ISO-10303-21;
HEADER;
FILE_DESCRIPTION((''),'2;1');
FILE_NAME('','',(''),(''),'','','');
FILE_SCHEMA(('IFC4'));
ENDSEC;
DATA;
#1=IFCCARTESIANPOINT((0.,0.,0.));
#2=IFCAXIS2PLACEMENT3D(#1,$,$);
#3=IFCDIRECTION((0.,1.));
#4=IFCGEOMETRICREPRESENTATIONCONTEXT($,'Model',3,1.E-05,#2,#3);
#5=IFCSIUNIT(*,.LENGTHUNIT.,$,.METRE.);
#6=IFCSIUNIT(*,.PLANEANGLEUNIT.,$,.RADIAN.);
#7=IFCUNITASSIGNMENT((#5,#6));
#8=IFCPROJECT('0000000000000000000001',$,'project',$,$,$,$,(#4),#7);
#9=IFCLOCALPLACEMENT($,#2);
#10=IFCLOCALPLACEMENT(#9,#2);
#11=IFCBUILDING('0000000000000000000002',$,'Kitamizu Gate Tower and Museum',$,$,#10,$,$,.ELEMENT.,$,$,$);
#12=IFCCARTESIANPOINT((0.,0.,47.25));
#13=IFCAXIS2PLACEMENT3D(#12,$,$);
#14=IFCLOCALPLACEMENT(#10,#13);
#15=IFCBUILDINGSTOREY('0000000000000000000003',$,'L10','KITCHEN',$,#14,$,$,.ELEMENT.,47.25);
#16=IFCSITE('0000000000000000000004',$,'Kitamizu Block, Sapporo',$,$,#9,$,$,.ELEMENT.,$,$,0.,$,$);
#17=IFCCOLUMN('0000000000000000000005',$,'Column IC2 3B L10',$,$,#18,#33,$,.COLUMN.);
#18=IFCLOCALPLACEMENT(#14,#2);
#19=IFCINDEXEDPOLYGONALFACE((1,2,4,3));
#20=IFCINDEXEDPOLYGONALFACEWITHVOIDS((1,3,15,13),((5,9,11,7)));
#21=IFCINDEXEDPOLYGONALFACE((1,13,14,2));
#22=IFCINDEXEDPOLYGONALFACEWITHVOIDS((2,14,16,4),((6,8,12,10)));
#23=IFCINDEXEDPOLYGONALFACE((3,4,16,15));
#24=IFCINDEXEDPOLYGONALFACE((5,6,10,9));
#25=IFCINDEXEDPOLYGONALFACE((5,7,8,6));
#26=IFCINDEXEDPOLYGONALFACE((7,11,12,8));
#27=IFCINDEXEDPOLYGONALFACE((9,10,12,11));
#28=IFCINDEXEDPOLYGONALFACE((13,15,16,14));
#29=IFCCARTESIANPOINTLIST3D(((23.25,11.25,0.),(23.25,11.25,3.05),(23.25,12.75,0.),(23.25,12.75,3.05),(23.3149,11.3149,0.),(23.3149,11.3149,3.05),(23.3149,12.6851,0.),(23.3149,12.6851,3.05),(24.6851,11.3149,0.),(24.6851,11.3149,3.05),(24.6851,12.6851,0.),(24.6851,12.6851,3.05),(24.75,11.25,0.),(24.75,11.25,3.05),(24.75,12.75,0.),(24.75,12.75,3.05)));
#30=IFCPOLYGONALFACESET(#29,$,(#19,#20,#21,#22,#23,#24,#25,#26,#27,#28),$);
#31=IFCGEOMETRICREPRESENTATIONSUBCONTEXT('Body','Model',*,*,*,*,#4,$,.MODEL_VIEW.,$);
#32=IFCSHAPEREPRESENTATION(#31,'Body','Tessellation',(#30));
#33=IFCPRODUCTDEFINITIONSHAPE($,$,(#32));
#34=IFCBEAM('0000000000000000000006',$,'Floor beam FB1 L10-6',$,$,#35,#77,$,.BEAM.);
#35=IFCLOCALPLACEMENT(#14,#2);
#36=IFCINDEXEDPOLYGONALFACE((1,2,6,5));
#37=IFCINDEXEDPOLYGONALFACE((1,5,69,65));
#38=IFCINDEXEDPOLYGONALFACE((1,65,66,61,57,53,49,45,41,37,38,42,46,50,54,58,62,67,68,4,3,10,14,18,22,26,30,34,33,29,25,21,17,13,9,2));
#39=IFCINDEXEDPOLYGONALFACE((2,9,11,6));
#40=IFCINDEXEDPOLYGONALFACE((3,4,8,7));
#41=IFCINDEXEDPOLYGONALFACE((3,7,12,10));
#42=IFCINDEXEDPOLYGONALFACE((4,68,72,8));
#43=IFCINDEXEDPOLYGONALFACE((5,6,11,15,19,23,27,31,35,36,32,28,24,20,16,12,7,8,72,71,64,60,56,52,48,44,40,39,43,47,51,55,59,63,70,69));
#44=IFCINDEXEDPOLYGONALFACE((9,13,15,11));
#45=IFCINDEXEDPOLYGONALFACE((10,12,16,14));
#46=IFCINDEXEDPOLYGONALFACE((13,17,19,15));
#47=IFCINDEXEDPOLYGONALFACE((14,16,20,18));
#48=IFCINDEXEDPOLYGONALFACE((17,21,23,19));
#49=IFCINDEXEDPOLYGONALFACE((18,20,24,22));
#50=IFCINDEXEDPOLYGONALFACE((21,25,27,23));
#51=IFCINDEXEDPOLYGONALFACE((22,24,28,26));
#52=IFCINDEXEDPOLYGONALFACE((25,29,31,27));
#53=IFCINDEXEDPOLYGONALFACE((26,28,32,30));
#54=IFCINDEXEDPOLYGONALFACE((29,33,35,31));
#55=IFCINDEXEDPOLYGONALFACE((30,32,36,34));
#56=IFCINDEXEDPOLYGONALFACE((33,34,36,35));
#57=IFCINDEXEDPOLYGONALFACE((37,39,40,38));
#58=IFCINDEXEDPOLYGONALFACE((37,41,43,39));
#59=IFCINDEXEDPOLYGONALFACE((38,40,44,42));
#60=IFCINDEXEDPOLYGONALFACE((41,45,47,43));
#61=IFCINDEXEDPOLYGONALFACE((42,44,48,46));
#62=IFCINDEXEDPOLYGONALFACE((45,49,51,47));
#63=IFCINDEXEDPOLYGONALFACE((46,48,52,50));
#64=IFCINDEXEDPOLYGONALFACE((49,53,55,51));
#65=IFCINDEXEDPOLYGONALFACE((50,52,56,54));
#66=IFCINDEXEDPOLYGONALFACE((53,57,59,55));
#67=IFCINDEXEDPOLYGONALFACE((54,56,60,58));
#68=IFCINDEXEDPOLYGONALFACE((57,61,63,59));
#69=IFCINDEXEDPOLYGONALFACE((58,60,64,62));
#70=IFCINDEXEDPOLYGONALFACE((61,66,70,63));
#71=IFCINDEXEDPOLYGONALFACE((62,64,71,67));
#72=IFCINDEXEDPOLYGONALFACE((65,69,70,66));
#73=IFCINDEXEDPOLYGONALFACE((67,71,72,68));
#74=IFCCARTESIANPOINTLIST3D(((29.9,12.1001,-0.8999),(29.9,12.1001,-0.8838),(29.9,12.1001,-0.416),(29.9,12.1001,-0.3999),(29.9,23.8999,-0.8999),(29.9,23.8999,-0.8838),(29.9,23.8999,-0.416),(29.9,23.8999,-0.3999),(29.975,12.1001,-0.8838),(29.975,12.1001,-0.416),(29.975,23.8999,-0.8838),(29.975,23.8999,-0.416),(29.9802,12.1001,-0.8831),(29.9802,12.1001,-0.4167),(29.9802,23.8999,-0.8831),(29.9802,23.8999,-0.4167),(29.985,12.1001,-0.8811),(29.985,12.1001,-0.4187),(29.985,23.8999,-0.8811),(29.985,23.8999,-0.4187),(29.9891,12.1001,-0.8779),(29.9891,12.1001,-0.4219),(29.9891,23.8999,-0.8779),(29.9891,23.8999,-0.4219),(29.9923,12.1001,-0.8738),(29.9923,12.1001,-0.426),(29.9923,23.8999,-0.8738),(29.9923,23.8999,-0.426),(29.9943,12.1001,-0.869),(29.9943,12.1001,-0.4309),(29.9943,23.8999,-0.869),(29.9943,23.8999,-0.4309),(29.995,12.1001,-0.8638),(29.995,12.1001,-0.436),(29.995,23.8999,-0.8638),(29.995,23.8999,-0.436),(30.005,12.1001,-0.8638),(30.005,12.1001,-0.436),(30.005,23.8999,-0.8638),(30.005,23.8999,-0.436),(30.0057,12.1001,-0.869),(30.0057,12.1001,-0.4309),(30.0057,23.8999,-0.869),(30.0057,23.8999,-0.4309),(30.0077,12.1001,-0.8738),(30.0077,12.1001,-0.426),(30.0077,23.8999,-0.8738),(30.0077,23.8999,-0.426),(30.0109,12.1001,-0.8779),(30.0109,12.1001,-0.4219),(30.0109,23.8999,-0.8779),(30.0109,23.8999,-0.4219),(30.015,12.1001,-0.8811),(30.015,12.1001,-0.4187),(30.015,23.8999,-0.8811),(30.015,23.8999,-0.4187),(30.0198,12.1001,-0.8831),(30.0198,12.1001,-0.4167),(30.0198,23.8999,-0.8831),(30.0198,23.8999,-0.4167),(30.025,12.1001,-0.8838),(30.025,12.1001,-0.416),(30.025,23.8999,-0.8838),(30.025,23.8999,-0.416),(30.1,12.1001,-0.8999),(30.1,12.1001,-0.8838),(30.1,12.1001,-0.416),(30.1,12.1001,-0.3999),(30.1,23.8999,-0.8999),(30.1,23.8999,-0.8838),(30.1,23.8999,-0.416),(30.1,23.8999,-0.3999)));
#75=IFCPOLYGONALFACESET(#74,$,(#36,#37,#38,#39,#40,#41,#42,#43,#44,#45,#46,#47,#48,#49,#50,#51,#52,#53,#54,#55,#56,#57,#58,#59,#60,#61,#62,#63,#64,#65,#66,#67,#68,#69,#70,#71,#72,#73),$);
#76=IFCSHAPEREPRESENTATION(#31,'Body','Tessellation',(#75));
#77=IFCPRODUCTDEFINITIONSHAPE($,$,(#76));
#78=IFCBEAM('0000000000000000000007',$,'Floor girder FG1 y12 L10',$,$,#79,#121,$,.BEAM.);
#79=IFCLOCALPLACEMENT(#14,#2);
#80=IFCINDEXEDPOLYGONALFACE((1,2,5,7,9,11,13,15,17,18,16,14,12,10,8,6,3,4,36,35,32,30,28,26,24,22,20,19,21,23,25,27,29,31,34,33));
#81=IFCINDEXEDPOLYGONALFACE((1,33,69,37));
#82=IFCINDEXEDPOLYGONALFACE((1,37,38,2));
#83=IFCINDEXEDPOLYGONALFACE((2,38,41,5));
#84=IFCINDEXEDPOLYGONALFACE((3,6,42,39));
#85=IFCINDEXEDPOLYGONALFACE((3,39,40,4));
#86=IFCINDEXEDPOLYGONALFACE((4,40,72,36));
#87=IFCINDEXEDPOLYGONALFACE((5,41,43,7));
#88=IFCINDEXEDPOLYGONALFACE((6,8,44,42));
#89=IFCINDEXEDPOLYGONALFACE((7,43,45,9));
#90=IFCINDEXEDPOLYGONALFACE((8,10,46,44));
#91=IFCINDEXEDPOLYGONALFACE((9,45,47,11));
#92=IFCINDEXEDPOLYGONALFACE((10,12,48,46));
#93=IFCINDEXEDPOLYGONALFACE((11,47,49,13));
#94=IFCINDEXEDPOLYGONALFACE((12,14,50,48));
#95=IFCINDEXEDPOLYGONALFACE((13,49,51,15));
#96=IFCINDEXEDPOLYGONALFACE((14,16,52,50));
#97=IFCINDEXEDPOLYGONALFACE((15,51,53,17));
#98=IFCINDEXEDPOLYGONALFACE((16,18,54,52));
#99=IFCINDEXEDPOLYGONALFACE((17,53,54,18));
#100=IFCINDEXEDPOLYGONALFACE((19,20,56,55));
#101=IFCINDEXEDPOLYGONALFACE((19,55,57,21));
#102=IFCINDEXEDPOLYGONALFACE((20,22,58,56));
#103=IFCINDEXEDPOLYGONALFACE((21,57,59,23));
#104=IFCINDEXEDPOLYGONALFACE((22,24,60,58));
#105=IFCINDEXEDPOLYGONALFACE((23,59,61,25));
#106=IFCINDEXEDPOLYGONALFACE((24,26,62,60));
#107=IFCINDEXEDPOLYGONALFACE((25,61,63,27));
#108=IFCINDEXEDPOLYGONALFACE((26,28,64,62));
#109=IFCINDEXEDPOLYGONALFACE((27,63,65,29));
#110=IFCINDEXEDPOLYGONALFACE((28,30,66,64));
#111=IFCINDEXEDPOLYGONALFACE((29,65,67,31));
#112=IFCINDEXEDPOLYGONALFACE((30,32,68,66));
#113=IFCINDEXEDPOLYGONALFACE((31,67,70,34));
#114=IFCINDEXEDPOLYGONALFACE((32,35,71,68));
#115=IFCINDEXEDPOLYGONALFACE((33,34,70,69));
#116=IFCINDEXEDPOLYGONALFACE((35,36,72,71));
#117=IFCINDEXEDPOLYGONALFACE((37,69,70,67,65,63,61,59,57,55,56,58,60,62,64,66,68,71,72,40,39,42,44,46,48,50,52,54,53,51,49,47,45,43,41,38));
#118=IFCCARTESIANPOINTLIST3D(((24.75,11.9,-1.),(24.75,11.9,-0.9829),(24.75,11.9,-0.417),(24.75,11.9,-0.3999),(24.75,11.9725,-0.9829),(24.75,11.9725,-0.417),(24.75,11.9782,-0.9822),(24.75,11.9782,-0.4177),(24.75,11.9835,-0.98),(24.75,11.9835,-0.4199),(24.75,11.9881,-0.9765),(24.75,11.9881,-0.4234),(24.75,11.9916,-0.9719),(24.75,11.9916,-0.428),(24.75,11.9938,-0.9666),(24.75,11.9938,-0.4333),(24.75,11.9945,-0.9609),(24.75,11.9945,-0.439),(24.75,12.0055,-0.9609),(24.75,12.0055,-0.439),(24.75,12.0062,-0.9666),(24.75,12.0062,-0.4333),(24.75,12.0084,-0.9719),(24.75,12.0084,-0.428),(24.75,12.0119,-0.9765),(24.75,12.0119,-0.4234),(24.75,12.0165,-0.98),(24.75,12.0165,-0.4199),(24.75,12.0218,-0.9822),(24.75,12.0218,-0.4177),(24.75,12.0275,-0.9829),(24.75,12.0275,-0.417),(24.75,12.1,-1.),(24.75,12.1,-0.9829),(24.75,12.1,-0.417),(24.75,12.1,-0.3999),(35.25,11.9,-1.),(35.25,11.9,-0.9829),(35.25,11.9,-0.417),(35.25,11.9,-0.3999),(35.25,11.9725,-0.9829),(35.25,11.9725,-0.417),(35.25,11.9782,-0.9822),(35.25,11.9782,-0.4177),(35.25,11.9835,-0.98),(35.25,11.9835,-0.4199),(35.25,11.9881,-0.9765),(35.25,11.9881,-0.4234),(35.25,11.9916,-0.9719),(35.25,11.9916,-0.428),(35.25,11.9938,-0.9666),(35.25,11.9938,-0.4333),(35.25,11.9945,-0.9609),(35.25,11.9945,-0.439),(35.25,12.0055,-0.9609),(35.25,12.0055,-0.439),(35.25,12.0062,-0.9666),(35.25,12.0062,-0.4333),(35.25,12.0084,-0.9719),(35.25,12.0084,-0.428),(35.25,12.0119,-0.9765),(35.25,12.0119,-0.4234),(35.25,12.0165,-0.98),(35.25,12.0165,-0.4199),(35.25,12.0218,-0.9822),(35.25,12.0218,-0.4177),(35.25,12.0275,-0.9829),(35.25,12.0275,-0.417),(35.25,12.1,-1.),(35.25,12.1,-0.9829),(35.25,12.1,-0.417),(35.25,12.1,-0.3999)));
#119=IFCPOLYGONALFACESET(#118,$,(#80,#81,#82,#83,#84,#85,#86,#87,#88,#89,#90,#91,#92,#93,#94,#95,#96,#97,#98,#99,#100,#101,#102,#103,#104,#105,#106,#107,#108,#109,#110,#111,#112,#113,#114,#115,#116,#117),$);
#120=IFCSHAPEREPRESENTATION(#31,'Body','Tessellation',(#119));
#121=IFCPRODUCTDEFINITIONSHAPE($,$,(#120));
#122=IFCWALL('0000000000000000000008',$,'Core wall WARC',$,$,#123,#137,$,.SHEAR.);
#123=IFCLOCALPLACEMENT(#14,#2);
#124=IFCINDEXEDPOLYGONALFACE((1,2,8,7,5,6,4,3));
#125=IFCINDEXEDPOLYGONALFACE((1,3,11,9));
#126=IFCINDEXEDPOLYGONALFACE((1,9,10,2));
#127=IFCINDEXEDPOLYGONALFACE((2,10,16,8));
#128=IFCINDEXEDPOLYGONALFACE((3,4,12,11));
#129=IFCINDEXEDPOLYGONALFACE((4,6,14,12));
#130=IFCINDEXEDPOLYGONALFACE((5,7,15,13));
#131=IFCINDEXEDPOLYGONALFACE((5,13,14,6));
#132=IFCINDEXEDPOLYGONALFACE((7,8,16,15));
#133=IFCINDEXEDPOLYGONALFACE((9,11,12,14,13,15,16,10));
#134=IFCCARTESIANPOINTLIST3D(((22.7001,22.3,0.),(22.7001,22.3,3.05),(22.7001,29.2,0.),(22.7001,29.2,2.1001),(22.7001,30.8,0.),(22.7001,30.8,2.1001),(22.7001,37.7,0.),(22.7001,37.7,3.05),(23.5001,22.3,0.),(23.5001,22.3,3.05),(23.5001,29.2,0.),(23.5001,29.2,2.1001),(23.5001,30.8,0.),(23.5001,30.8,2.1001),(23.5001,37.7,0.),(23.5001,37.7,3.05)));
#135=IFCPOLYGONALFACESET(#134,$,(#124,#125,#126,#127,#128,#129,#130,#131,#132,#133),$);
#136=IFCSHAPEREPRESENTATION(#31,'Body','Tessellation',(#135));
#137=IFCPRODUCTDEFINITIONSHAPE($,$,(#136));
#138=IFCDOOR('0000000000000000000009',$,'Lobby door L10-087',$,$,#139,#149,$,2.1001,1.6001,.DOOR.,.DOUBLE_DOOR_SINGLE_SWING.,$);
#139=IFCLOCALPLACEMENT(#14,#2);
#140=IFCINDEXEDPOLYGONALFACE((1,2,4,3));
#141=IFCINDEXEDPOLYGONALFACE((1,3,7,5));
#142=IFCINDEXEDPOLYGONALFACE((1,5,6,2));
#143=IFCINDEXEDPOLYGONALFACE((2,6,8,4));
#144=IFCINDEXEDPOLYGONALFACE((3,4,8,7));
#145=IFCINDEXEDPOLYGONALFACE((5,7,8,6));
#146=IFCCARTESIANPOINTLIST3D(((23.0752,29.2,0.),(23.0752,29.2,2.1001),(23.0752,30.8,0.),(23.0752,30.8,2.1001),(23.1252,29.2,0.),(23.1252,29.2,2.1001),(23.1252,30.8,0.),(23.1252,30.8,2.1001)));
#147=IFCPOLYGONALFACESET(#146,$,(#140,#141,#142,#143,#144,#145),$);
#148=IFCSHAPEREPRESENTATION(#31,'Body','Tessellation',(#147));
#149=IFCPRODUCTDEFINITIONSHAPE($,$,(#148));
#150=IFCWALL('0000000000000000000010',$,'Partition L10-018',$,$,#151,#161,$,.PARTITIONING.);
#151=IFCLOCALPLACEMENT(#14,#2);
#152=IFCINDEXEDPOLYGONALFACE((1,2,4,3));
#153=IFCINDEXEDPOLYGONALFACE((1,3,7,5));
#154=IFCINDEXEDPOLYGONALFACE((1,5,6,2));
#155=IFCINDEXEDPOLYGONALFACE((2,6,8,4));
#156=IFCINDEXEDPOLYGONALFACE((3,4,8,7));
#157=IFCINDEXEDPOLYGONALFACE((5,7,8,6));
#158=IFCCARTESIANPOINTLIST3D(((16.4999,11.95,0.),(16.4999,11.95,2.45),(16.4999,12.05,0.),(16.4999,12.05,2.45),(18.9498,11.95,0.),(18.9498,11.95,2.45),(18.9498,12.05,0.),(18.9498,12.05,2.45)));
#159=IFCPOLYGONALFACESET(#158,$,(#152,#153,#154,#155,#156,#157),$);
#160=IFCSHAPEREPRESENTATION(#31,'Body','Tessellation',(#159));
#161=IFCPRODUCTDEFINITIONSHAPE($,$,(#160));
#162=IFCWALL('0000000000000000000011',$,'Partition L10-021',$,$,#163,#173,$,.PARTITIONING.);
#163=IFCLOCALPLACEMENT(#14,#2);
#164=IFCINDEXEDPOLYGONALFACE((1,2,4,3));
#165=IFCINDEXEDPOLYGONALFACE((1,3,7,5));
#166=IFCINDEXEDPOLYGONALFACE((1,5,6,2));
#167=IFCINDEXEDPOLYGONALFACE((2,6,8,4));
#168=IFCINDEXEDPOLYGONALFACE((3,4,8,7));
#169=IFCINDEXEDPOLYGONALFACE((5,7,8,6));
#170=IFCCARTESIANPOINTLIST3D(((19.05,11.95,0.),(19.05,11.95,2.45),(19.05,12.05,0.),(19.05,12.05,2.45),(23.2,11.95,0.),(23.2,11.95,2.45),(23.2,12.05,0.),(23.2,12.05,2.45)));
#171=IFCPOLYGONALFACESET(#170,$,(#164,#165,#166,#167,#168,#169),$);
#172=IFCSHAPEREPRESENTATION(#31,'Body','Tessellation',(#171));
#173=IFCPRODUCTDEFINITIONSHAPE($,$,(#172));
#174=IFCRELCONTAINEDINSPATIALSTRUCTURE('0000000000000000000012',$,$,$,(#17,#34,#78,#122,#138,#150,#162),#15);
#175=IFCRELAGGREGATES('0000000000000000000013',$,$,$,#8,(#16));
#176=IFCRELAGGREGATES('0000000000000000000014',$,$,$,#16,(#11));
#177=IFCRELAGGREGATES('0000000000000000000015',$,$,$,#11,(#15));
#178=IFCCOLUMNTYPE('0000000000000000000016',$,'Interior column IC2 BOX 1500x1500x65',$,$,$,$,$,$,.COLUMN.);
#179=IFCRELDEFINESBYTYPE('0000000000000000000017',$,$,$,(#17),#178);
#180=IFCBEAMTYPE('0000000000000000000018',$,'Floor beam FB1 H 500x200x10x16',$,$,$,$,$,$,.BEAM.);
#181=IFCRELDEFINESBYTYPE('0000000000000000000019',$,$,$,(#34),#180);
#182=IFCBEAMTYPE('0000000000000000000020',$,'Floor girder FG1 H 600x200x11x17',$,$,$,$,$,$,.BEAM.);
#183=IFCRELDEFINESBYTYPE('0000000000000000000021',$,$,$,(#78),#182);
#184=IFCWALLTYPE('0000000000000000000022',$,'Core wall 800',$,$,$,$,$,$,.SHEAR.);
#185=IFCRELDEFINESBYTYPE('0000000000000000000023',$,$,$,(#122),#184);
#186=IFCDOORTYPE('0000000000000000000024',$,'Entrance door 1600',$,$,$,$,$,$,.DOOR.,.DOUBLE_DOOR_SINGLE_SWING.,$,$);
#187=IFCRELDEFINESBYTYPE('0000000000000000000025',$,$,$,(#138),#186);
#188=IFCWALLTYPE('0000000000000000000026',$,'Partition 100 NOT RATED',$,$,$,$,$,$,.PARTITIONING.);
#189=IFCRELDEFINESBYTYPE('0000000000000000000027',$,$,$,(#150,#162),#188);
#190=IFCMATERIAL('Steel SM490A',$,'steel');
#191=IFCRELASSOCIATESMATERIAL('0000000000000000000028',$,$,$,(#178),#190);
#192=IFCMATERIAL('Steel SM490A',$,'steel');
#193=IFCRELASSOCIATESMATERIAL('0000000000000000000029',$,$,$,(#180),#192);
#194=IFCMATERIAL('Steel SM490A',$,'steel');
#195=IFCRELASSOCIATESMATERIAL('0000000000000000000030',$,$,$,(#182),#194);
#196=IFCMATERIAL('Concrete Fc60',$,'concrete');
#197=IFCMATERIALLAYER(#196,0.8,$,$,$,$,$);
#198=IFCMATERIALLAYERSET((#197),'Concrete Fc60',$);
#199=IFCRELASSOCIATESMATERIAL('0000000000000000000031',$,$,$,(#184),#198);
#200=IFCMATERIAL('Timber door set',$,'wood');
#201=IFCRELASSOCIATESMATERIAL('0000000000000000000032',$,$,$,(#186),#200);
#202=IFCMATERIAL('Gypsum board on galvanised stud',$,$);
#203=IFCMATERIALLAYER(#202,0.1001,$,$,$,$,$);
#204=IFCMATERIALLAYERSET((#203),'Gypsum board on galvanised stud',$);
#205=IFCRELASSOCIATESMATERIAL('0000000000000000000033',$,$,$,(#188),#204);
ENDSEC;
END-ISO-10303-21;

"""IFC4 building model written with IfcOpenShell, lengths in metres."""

from ifc_helpers import new_model, si_unit, direction, frame, frame_2d, origin, origin_2d, place, context, subcontext, project, spatial, rectangle, hollow_rectangle, i_section, extrude, material, layer, layer_set, material_profile, profile_set, type_object, element, fill, save


model = new_model("IFC4")

# Units and contexts
model_context = context("Model", 3, precision=1e-05, world=origin(), true_north=direction((0.0, 1.0)))
body_context = subcontext(model_context, "Body", "Model", "MODEL_VIEW")
ifc_project = project(units=[si_unit("LENGTHUNIT", "METRE"), si_unit("PLANEANGLEUNIT", "RADIAN")], contexts=[model_context])

# Site, building, storey
site_placement = place(None, origin())
site = spatial("IfcSite", under=ifc_project, at=site_placement, Name="Kitamizu Block, Sapporo", CompositionType="ELEMENT", RefElevation=0.0)
building_placement = place(site_placement, origin())
building = spatial("IfcBuilding", under=site, at=building_placement, Name="Kitamizu Gate Tower and Museum", CompositionType="ELEMENT")
storey_placement = place(building_placement, frame((0.0, 0.0, 47.25)))
storey = spatial("IfcBuildingStorey", under=building, at=storey_placement, Name="L10", Description="KITCHEN", CompositionType="ELEMENT", Elevation=47.25)

# Column
ifc_material_1 = material(Name="Steel SM490A", Category="steel")
ifc_material_profile_1 = material_profile(ifc_material_1, hollow_rectangle(XDim=1.5, YDim=1.5, WallThickness=0.0649, at=origin_2d()), Name="BOX 1500x1500x65")
ifc_profile_set_1 = profile_set([ifc_material_profile_1], Name="Steel SM490A")
column_type = type_object("IfcColumnType", Name="Interior column IC2 BOX 1500x1500x65", PredefinedType="COLUMN", material=ifc_profile_set_1)
column_placement = place(storey_placement, frame((24.0, 12.0, 0.0), z_axis=(0.0, 0.0, 1.0), x_axis=(1.0, 0.0, 0.0)))
element("IfcColumn", 1, at=column_placement, inside=storey, type_object=column_type, Name="Column IC2 3B L10", PredefinedType="COLUMN", context=body_context, shape_type="SweptSolid", body=[
    extrude(hollow_rectangle(XDim=1.5, YDim=1.5, WallThickness=0.0649, at=origin_2d()), origin(), (0.0, 0.0, 1.0), 3.05),
])

# Beams
ifc_material_2 = material(Name="Steel SM490A", Category="steel")
ifc_material_profile_2 = material_profile(ifc_material_2, i_section(OverallWidth=0.2, OverallDepth=0.5, WebThickness=0.01, FlangeThickness=0.0161, FilletRadius=0.02, at=origin_2d()), Name="H-500x200x10x16")
ifc_profile_set_2 = profile_set([ifc_material_profile_2], Name="Steel SM490A")
beam_type_1 = type_object("IfcBeamType", Name="Floor beam FB1 H 500x200x10x16", PredefinedType="BEAM", material=ifc_profile_set_2)
beam_1_placement = place(storey_placement, frame((30.0, 12.1001, -0.6499), z_axis=(0.0, 1.0, 0.0), x_axis=(-1.0, 0.0, 0.0)))
element("IfcBeam", 2, at=beam_1_placement, inside=storey, type_object=beam_type_1, Name="Floor beam FB1 L10-6", PredefinedType="BEAM", context=body_context, shape_type="SweptSolid", body=[
    extrude(i_section(OverallWidth=0.2, OverallDepth=0.5, WebThickness=0.01, FlangeThickness=0.0161, FilletRadius=0.02, at=origin_2d()), origin(), (0.0, 0.0, 1.0), 11.7998),
])
ifc_material_3 = material(Name="Steel SM490A", Category="steel")
ifc_material_profile_3 = material_profile(ifc_material_3, i_section(OverallWidth=0.2, OverallDepth=0.6001, WebThickness=0.011, FlangeThickness=0.0171, FilletRadius=0.022, at=origin_2d()), Name="H-600x200x11x17")
ifc_profile_set_3 = profile_set([ifc_material_profile_3], Name="Steel SM490A")
beam_type_2 = type_object("IfcBeamType", Name="Floor girder FG1 H 600x200x11x17", PredefinedType="BEAM", material=ifc_profile_set_3)
beam_2_placement = place(storey_placement, frame((24.75, 12.0, -0.7), z_axis=(1.0, 0.0, 0.0), x_axis=(0.0, 1.0, 0.0)))
element("IfcBeam", 3, at=beam_2_placement, inside=storey, type_object=beam_type_2, Name="Floor girder FG1 y12 L10", PredefinedType="BEAM", context=body_context, shape_type="SweptSolid", body=[
    extrude(i_section(OverallWidth=0.2, OverallDepth=0.6001, WebThickness=0.011, FlangeThickness=0.0171, FilletRadius=0.022, at=origin_2d()), origin(), (0.0, 0.0, 1.0), 10.5),
])

# Wall, opening, door
ifc_material_4 = material(Name="Concrete Fc60", Category="concrete")
ifc_layer_1 = layer(ifc_material_4, 0.8)
ifc_layer_set_1 = layer_set([ifc_layer_1], Name="Concrete Fc60")
wall_type_1 = type_object("IfcWallType", Name="Core wall 800", PredefinedType="SHEAR", material=ifc_layer_set_1)
wall_1_placement = place(storey_placement, frame((23.1001, 22.3, 0.0), z_axis=(0.0, 0.0, 1.0), x_axis=(0.0, 1.0, 0.0)))
wall_1 = element("IfcWall", 4, at=wall_1_placement, inside=storey, type_object=wall_type_1, Name="Core wall WARC", PredefinedType="SHEAR", context=body_context, shape_type="SweptSolid", body=[
    extrude(rectangle(XDim=15.3999, YDim=0.8, at=frame_2d((7.7, 0.0))), origin(), (0.0, 0.0, 1.0), 3.05),
])
opening_1_placement = place(wall_1_placement, frame((6.8999, 0.0, 0.0)))
opening_1 = element("IfcOpeningElement", 5, at=opening_1_placement, cuts=wall_1, PredefinedType="OPENING", context=body_context, shape_type="SweptSolid", body=[
    extrude(rectangle(XDim=1.6001, YDim=2.1001, at=frame_2d((0.8, 1.05))), frame((0.0, 0.4102, 0.0), z_axis=(0.0, -1.0, 0.0), x_axis=(1.0, 0.0, 0.0)), (0.0, 0.0, 1.0), 0.8201),
])
ifc_material_5 = material(Name="Timber door set", Category="wood")
door_type_1 = type_object("IfcDoorType", Name="Entrance door 1600", OperationType="DOUBLE_DOOR_SINGLE_SWING", PredefinedType="DOOR", material=ifc_material_5)
door_1_placement = place(opening_1_placement, origin())
door_1 = element("IfcDoor", 6, at=door_1_placement, inside=storey, type_object=door_type_1, Name="Lobby door L10-087", OperationType="DOUBLE_DOOR_SINGLE_SWING", OverallHeight=2.1001, OverallWidth=1.6001, PredefinedType="DOOR", context=body_context, shape_type="SweptSolid", body=[
    extrude(rectangle(XDim=1.6001, YDim=2.1001, at=frame_2d((0.8, 1.05))), frame((0.0, 0.0249, 0.0), z_axis=(0.0, -1.0, 0.0), x_axis=(1.0, 0.0, 0.0)), (0.0, 0.0, 1.0), 0.05),
])
fill(opening_1, door_1)

# Walls
ifc_material_6 = material(Name="Gypsum board on galvanised stud")
ifc_layer_2 = layer(ifc_material_6, 0.1001)
ifc_layer_set_2 = layer_set([ifc_layer_2], Name="Gypsum board on galvanised stud")
wall_type_2 = type_object("IfcWallType", Name="Partition 100 NOT RATED", PredefinedType="PARTITIONING", material=ifc_layer_set_2)
wall_2_placement = place(storey_placement, frame((18.95, 12.0, 0.0), z_axis=(0.0, 0.0, 1.0), x_axis=(-1.0, 0.0, 0.0)))
element("IfcWall", 7, at=wall_2_placement, inside=storey, type_object=wall_type_2, Name="Partition L10-018", PredefinedType="PARTITIONING", context=body_context, shape_type="SweptSolid", body=[
    extrude(rectangle(XDim=2.45, YDim=0.1001, at=frame_2d((1.2251, 0.0))), origin(), (0.0, 0.0, 1.0), 2.45),
])
wall_3_placement = place(storey_placement, frame((23.2, 12.0, 0.0), z_axis=(0.0, 0.0, 1.0), x_axis=(-1.0, 0.0, 0.0)))
element("IfcWall", 8, at=wall_3_placement, inside=storey, type_object=wall_type_2, Name="Partition L10-021", PredefinedType="PARTITIONING", context=body_context, shape_type="SweptSolid", body=[
    extrude(rectangle(XDim=4.1499, YDim=0.1001, at=frame_2d((2.075, 0.0))), origin(), (0.0, 0.0, 1.0), 2.45),
])

save(model, "model.ifc")
